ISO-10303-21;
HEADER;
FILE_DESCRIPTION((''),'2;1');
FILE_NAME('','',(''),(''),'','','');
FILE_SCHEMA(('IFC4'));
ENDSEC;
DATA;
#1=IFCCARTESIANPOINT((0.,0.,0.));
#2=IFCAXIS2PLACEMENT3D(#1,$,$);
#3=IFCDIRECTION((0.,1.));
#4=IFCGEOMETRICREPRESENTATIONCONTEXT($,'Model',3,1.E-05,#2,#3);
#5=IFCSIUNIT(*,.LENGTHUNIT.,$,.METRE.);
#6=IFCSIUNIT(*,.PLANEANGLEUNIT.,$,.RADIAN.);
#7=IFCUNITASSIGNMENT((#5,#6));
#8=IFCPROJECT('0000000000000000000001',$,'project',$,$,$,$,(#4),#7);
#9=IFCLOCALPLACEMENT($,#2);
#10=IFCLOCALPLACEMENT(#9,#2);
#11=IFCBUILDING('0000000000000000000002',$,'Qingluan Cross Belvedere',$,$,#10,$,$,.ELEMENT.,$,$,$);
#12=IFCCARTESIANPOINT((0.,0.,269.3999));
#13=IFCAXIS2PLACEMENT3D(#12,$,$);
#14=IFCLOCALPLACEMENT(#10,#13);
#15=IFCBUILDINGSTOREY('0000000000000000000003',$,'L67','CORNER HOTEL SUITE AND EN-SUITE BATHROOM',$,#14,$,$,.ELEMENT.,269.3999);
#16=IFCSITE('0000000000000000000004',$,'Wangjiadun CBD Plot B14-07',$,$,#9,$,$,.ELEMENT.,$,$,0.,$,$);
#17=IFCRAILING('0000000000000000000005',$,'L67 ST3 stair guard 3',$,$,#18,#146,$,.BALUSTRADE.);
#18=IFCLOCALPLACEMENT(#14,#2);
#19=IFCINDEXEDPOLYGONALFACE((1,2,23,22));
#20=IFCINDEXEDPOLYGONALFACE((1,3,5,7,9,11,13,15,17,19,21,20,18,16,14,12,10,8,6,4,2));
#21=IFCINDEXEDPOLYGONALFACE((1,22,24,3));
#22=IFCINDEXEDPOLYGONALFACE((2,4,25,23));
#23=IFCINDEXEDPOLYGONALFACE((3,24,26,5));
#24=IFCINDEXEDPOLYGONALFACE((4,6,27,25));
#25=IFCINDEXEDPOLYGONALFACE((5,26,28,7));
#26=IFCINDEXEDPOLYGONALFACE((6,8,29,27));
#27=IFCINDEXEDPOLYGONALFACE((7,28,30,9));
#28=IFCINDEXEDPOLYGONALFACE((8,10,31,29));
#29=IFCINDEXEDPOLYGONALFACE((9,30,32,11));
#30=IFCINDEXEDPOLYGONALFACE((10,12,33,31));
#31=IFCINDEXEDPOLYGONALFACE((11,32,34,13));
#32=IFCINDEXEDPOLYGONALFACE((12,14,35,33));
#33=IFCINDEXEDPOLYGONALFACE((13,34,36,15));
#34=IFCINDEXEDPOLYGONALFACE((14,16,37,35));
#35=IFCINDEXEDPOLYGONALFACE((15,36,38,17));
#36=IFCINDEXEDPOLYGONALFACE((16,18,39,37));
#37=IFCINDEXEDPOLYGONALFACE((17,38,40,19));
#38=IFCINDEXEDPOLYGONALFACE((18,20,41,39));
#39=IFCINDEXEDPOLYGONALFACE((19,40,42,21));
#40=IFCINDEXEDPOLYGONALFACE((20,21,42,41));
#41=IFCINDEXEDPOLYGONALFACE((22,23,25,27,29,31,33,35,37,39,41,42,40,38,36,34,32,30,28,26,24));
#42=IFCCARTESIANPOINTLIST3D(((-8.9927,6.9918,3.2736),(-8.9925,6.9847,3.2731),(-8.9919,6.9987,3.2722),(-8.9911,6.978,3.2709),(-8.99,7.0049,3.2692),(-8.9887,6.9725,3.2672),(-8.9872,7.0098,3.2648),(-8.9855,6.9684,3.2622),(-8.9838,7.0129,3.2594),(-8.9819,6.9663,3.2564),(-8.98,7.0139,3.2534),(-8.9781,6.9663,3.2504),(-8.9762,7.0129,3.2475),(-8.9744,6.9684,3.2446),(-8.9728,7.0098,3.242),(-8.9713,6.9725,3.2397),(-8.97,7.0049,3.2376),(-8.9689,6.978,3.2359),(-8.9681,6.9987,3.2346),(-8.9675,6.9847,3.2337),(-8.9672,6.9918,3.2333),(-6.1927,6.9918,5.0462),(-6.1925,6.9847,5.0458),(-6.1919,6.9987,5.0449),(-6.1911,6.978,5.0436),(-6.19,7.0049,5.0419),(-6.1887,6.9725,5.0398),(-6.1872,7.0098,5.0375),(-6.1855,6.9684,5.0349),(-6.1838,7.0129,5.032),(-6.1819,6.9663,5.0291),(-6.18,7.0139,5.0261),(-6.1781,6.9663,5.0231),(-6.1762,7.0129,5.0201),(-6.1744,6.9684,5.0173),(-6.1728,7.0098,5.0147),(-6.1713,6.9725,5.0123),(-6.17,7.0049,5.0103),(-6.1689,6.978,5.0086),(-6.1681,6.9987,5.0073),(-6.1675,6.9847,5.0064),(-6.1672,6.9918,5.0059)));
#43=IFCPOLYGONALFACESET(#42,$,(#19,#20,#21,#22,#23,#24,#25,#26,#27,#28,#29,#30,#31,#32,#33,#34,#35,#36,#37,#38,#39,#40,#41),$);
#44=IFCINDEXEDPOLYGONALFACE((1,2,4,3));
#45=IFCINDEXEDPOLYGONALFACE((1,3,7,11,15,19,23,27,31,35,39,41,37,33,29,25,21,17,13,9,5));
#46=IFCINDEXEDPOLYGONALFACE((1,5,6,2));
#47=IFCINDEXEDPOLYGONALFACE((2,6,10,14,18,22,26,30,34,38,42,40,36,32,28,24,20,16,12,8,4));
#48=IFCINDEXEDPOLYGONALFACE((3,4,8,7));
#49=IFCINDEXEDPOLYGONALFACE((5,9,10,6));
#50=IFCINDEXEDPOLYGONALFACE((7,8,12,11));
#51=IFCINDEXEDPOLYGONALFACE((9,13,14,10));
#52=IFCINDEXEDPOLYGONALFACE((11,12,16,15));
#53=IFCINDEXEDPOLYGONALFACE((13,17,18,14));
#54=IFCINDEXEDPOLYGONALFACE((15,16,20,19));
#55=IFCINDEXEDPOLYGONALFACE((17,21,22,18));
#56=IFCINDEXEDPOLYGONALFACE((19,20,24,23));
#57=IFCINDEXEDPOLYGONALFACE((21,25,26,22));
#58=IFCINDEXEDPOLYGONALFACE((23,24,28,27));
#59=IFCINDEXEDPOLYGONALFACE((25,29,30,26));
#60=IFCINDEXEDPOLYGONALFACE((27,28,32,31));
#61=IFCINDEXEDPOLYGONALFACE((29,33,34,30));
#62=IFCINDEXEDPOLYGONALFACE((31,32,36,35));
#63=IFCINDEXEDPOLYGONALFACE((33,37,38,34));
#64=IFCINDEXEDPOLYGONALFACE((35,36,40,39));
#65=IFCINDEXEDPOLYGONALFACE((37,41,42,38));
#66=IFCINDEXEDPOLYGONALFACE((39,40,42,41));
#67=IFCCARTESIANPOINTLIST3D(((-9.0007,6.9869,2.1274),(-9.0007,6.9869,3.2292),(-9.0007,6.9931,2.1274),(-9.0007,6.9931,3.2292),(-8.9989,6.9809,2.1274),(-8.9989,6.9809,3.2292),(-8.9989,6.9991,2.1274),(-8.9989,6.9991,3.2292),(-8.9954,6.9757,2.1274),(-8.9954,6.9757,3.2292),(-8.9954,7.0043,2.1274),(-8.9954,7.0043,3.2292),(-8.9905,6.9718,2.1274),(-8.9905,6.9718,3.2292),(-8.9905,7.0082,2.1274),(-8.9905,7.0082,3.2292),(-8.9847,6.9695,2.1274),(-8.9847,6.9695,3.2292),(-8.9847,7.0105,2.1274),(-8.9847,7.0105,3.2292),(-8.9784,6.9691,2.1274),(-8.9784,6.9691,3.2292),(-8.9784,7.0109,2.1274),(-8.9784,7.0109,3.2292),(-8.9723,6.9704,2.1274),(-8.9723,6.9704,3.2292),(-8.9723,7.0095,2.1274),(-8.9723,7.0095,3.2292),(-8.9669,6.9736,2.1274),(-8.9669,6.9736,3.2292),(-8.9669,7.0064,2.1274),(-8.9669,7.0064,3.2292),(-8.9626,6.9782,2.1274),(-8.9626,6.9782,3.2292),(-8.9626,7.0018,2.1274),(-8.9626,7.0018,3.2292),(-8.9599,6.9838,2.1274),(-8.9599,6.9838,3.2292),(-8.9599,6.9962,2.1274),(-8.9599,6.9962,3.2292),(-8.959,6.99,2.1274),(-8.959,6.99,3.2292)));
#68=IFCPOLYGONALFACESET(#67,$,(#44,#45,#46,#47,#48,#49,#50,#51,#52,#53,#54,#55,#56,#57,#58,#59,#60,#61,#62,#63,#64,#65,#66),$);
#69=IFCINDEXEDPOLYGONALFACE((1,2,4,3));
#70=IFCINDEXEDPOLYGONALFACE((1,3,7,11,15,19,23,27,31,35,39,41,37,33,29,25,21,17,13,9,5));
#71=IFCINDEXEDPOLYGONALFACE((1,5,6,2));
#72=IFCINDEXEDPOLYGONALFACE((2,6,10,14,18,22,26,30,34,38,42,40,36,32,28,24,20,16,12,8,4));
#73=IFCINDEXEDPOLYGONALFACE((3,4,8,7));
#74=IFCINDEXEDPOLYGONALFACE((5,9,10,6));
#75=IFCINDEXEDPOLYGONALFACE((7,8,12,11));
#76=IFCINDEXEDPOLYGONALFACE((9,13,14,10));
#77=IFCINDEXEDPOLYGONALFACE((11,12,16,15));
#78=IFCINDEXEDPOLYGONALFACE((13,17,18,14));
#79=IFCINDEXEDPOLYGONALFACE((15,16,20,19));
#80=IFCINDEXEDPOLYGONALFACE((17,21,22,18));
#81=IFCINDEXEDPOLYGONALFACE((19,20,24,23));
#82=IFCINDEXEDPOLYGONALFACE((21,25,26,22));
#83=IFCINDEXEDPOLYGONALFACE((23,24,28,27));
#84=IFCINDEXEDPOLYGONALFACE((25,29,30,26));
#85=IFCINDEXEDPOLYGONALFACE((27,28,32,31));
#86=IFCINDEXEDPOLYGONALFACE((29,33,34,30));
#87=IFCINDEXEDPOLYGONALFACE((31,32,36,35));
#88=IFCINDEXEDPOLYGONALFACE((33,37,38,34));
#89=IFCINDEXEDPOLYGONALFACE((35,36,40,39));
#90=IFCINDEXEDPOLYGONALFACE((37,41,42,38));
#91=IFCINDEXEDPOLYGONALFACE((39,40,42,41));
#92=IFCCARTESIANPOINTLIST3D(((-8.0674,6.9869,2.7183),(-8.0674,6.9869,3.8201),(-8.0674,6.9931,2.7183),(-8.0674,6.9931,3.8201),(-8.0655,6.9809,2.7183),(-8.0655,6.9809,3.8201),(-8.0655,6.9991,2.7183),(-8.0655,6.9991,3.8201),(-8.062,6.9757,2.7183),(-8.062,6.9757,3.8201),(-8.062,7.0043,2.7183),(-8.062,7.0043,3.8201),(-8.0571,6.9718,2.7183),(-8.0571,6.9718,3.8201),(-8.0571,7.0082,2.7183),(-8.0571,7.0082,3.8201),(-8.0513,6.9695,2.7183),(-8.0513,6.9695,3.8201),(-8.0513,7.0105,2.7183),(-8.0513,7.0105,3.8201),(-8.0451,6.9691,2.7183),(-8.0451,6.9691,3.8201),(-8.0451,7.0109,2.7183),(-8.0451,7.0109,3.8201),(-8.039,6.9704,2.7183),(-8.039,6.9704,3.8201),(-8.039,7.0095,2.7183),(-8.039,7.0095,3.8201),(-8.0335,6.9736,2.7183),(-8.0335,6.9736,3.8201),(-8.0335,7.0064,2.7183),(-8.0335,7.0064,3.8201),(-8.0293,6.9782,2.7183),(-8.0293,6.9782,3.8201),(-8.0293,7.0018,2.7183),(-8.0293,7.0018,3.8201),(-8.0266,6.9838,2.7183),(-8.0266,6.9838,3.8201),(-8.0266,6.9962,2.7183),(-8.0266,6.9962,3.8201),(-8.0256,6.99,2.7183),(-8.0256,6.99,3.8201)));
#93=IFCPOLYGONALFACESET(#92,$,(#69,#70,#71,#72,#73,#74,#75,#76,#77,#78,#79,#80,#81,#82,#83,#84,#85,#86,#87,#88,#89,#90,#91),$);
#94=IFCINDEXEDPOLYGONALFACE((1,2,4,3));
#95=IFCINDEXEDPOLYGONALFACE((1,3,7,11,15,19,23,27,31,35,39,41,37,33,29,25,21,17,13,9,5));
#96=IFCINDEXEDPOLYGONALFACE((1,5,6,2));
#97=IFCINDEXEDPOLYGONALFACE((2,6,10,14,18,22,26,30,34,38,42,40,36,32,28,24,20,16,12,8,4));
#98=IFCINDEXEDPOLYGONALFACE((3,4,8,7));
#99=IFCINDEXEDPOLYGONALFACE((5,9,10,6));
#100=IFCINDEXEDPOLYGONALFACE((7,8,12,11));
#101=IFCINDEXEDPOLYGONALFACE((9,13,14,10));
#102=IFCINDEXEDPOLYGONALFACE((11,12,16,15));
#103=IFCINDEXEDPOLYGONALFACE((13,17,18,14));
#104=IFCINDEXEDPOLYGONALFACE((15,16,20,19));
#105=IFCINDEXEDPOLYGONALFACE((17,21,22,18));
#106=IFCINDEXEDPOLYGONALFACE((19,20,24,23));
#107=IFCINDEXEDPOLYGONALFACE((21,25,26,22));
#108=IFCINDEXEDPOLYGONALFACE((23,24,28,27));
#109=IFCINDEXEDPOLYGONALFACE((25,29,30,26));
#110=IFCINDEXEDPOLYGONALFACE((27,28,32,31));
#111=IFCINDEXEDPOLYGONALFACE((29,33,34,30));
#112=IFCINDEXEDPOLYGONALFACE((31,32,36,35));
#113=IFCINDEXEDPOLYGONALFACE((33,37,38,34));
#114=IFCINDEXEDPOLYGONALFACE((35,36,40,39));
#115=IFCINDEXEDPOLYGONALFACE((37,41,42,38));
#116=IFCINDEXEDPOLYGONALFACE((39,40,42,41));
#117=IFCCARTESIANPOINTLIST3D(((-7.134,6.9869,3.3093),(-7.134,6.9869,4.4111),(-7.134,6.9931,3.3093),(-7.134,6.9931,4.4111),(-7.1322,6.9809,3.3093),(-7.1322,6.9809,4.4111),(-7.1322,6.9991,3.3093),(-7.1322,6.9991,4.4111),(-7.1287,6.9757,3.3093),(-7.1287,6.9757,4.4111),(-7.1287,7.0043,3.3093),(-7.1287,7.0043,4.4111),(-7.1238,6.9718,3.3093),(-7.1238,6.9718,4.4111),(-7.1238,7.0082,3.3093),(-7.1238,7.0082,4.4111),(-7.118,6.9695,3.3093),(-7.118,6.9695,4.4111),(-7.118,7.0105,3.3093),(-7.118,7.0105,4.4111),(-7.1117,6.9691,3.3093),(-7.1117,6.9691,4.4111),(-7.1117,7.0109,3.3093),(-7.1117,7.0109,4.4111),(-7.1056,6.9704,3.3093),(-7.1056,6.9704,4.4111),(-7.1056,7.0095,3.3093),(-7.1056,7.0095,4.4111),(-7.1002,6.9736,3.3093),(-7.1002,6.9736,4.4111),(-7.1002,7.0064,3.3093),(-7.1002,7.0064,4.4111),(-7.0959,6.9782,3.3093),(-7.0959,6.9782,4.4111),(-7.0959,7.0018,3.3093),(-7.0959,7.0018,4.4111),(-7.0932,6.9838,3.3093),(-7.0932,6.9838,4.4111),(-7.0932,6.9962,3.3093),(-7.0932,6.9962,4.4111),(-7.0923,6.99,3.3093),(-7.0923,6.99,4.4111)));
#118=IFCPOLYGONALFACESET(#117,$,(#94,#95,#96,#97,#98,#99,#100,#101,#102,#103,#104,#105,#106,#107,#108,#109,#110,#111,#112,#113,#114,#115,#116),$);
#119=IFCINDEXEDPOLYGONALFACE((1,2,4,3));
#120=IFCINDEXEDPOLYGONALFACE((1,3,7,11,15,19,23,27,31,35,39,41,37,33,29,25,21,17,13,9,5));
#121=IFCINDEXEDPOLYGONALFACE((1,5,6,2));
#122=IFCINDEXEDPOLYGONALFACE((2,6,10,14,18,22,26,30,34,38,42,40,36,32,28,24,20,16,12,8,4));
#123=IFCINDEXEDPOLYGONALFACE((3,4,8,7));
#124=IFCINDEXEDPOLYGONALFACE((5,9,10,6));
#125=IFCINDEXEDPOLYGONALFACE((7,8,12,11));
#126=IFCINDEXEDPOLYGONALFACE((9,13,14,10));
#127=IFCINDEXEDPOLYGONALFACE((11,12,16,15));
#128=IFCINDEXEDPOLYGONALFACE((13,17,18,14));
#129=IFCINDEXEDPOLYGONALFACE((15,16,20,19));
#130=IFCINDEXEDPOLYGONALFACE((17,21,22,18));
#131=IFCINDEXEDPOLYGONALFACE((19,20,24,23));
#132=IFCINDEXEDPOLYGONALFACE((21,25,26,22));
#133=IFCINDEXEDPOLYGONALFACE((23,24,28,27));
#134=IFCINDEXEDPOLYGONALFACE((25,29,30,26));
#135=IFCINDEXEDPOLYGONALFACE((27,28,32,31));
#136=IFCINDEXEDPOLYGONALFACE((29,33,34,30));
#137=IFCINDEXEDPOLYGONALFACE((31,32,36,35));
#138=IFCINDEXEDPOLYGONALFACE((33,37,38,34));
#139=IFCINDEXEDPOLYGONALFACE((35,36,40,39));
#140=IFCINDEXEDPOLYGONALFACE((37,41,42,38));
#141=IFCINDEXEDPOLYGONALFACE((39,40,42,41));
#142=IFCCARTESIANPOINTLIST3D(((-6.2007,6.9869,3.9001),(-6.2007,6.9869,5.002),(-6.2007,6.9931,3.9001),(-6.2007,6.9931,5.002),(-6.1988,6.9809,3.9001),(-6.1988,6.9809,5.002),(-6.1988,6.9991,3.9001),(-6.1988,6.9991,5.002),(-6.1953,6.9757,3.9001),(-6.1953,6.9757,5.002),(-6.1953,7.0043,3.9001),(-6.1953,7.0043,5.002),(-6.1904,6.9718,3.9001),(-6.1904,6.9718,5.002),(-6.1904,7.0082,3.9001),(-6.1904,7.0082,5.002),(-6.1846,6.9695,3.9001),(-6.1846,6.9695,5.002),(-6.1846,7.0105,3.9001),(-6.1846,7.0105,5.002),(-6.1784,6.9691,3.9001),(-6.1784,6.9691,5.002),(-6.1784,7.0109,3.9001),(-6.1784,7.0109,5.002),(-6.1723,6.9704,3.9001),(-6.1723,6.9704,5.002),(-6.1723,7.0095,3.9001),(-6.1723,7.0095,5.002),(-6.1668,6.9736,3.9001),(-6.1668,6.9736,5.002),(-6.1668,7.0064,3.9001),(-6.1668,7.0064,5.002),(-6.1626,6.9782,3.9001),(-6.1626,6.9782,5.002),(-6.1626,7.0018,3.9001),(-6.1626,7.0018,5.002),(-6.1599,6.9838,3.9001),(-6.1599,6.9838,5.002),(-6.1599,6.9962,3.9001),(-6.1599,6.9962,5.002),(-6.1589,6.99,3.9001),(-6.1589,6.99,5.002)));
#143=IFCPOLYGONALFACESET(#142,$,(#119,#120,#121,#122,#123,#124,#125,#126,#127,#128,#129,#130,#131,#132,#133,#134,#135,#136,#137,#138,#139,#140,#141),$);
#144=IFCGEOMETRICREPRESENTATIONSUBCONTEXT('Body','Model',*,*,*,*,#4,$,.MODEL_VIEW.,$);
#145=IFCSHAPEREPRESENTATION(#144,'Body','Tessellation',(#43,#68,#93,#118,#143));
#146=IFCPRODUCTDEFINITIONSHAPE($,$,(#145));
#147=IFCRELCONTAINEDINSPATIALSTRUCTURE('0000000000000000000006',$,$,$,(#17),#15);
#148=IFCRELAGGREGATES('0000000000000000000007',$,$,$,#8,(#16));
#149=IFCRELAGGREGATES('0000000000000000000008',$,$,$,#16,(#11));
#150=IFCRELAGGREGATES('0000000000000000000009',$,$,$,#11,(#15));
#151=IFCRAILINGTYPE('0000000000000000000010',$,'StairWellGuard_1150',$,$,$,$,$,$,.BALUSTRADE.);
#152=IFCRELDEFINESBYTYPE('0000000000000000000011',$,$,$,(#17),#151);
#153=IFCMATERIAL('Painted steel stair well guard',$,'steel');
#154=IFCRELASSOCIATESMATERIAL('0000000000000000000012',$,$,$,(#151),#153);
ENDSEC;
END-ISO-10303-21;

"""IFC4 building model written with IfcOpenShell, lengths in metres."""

from ifc_helpers import new_model, si_unit, direction, frame, origin, origin_2d, place, context, subcontext, project, spatial, circle, extrude, material, type_object, element, save


model = new_model("IFC4")

# Units and contexts
model_context = context("Model", 3, precision=1e-05, world=origin(), true_north=direction((0.0, 1.0)))
body_context = subcontext(model_context, "Body", "Model", "MODEL_VIEW")
ifc_project = project(units=[si_unit("LENGTHUNIT", "METRE"), si_unit("PLANEANGLEUNIT", "RADIAN")], contexts=[model_context])

# Site, building, storey
site_placement = place(None, origin())
site = spatial("IfcSite", under=ifc_project, at=site_placement, Name="Wangjiadun CBD Plot B14-07", CompositionType="ELEMENT", RefElevation=0.0)
building_placement = place(site_placement, origin())
building = spatial("IfcBuilding", under=site, at=building_placement, Name="Qingluan Cross Belvedere", CompositionType="ELEMENT")
storey_placement = place(building_placement, frame((0.0, 0.0, 269.3999)))
storey = spatial("IfcBuildingStorey", under=building, at=storey_placement, Name="L67", Description="CORNER HOTEL SUITE AND EN-SUITE BATHROOM", CompositionType="ELEMENT", Elevation=269.3999)

# Railing
ifc_material_1 = material(Name="Painted steel stair well guard", Category="steel")
railing_type_1 = type_object("IfcRailingType", Name="StairWellGuard_1150", PredefinedType="BALUSTRADE", material=ifc_material_1)
railing_1_placement = place(storey_placement, frame((-8.98, 6.99, 2.1274)))
element("IfcRailing", 1, at=railing_1_placement, inside=storey, type_object=railing_type_1, Name="L67 ST3 stair guard 3", PredefinedType="BALUSTRADE", context=body_context, shape_type="SweptSolid", body=[
    extrude(circle(Radius=0.0239, at=origin_2d()), frame((0.0, 0.0, 1.126), z_axis=(0.844909, 0.0, 0.53491), x_axis=(0.0, 1.0, 0.0)), (0.0, 0.0, 1.0), 3.314),
    extrude(circle(Radius=0.021, at=origin_2d()), origin(), (0.0, 0.0, 1.0), 1.1018),
    extrude(circle(Radius=0.021, at=origin_2d()), frame((0.9333, 0.0, 0.5908)), (0.0, 0.0, 1.0), 1.1018),
    extrude(circle(Radius=0.021, at=origin_2d()), frame((1.8667, 0.0, 1.1819)), (0.0, 0.0, 1.0), 1.1018),
    extrude(circle(Radius=0.021, at=origin_2d()), frame((2.8, 0.0, 1.7727)), (0.0, 0.0, 1.0), 1.1018),
])

save(model, "model.ifc")
